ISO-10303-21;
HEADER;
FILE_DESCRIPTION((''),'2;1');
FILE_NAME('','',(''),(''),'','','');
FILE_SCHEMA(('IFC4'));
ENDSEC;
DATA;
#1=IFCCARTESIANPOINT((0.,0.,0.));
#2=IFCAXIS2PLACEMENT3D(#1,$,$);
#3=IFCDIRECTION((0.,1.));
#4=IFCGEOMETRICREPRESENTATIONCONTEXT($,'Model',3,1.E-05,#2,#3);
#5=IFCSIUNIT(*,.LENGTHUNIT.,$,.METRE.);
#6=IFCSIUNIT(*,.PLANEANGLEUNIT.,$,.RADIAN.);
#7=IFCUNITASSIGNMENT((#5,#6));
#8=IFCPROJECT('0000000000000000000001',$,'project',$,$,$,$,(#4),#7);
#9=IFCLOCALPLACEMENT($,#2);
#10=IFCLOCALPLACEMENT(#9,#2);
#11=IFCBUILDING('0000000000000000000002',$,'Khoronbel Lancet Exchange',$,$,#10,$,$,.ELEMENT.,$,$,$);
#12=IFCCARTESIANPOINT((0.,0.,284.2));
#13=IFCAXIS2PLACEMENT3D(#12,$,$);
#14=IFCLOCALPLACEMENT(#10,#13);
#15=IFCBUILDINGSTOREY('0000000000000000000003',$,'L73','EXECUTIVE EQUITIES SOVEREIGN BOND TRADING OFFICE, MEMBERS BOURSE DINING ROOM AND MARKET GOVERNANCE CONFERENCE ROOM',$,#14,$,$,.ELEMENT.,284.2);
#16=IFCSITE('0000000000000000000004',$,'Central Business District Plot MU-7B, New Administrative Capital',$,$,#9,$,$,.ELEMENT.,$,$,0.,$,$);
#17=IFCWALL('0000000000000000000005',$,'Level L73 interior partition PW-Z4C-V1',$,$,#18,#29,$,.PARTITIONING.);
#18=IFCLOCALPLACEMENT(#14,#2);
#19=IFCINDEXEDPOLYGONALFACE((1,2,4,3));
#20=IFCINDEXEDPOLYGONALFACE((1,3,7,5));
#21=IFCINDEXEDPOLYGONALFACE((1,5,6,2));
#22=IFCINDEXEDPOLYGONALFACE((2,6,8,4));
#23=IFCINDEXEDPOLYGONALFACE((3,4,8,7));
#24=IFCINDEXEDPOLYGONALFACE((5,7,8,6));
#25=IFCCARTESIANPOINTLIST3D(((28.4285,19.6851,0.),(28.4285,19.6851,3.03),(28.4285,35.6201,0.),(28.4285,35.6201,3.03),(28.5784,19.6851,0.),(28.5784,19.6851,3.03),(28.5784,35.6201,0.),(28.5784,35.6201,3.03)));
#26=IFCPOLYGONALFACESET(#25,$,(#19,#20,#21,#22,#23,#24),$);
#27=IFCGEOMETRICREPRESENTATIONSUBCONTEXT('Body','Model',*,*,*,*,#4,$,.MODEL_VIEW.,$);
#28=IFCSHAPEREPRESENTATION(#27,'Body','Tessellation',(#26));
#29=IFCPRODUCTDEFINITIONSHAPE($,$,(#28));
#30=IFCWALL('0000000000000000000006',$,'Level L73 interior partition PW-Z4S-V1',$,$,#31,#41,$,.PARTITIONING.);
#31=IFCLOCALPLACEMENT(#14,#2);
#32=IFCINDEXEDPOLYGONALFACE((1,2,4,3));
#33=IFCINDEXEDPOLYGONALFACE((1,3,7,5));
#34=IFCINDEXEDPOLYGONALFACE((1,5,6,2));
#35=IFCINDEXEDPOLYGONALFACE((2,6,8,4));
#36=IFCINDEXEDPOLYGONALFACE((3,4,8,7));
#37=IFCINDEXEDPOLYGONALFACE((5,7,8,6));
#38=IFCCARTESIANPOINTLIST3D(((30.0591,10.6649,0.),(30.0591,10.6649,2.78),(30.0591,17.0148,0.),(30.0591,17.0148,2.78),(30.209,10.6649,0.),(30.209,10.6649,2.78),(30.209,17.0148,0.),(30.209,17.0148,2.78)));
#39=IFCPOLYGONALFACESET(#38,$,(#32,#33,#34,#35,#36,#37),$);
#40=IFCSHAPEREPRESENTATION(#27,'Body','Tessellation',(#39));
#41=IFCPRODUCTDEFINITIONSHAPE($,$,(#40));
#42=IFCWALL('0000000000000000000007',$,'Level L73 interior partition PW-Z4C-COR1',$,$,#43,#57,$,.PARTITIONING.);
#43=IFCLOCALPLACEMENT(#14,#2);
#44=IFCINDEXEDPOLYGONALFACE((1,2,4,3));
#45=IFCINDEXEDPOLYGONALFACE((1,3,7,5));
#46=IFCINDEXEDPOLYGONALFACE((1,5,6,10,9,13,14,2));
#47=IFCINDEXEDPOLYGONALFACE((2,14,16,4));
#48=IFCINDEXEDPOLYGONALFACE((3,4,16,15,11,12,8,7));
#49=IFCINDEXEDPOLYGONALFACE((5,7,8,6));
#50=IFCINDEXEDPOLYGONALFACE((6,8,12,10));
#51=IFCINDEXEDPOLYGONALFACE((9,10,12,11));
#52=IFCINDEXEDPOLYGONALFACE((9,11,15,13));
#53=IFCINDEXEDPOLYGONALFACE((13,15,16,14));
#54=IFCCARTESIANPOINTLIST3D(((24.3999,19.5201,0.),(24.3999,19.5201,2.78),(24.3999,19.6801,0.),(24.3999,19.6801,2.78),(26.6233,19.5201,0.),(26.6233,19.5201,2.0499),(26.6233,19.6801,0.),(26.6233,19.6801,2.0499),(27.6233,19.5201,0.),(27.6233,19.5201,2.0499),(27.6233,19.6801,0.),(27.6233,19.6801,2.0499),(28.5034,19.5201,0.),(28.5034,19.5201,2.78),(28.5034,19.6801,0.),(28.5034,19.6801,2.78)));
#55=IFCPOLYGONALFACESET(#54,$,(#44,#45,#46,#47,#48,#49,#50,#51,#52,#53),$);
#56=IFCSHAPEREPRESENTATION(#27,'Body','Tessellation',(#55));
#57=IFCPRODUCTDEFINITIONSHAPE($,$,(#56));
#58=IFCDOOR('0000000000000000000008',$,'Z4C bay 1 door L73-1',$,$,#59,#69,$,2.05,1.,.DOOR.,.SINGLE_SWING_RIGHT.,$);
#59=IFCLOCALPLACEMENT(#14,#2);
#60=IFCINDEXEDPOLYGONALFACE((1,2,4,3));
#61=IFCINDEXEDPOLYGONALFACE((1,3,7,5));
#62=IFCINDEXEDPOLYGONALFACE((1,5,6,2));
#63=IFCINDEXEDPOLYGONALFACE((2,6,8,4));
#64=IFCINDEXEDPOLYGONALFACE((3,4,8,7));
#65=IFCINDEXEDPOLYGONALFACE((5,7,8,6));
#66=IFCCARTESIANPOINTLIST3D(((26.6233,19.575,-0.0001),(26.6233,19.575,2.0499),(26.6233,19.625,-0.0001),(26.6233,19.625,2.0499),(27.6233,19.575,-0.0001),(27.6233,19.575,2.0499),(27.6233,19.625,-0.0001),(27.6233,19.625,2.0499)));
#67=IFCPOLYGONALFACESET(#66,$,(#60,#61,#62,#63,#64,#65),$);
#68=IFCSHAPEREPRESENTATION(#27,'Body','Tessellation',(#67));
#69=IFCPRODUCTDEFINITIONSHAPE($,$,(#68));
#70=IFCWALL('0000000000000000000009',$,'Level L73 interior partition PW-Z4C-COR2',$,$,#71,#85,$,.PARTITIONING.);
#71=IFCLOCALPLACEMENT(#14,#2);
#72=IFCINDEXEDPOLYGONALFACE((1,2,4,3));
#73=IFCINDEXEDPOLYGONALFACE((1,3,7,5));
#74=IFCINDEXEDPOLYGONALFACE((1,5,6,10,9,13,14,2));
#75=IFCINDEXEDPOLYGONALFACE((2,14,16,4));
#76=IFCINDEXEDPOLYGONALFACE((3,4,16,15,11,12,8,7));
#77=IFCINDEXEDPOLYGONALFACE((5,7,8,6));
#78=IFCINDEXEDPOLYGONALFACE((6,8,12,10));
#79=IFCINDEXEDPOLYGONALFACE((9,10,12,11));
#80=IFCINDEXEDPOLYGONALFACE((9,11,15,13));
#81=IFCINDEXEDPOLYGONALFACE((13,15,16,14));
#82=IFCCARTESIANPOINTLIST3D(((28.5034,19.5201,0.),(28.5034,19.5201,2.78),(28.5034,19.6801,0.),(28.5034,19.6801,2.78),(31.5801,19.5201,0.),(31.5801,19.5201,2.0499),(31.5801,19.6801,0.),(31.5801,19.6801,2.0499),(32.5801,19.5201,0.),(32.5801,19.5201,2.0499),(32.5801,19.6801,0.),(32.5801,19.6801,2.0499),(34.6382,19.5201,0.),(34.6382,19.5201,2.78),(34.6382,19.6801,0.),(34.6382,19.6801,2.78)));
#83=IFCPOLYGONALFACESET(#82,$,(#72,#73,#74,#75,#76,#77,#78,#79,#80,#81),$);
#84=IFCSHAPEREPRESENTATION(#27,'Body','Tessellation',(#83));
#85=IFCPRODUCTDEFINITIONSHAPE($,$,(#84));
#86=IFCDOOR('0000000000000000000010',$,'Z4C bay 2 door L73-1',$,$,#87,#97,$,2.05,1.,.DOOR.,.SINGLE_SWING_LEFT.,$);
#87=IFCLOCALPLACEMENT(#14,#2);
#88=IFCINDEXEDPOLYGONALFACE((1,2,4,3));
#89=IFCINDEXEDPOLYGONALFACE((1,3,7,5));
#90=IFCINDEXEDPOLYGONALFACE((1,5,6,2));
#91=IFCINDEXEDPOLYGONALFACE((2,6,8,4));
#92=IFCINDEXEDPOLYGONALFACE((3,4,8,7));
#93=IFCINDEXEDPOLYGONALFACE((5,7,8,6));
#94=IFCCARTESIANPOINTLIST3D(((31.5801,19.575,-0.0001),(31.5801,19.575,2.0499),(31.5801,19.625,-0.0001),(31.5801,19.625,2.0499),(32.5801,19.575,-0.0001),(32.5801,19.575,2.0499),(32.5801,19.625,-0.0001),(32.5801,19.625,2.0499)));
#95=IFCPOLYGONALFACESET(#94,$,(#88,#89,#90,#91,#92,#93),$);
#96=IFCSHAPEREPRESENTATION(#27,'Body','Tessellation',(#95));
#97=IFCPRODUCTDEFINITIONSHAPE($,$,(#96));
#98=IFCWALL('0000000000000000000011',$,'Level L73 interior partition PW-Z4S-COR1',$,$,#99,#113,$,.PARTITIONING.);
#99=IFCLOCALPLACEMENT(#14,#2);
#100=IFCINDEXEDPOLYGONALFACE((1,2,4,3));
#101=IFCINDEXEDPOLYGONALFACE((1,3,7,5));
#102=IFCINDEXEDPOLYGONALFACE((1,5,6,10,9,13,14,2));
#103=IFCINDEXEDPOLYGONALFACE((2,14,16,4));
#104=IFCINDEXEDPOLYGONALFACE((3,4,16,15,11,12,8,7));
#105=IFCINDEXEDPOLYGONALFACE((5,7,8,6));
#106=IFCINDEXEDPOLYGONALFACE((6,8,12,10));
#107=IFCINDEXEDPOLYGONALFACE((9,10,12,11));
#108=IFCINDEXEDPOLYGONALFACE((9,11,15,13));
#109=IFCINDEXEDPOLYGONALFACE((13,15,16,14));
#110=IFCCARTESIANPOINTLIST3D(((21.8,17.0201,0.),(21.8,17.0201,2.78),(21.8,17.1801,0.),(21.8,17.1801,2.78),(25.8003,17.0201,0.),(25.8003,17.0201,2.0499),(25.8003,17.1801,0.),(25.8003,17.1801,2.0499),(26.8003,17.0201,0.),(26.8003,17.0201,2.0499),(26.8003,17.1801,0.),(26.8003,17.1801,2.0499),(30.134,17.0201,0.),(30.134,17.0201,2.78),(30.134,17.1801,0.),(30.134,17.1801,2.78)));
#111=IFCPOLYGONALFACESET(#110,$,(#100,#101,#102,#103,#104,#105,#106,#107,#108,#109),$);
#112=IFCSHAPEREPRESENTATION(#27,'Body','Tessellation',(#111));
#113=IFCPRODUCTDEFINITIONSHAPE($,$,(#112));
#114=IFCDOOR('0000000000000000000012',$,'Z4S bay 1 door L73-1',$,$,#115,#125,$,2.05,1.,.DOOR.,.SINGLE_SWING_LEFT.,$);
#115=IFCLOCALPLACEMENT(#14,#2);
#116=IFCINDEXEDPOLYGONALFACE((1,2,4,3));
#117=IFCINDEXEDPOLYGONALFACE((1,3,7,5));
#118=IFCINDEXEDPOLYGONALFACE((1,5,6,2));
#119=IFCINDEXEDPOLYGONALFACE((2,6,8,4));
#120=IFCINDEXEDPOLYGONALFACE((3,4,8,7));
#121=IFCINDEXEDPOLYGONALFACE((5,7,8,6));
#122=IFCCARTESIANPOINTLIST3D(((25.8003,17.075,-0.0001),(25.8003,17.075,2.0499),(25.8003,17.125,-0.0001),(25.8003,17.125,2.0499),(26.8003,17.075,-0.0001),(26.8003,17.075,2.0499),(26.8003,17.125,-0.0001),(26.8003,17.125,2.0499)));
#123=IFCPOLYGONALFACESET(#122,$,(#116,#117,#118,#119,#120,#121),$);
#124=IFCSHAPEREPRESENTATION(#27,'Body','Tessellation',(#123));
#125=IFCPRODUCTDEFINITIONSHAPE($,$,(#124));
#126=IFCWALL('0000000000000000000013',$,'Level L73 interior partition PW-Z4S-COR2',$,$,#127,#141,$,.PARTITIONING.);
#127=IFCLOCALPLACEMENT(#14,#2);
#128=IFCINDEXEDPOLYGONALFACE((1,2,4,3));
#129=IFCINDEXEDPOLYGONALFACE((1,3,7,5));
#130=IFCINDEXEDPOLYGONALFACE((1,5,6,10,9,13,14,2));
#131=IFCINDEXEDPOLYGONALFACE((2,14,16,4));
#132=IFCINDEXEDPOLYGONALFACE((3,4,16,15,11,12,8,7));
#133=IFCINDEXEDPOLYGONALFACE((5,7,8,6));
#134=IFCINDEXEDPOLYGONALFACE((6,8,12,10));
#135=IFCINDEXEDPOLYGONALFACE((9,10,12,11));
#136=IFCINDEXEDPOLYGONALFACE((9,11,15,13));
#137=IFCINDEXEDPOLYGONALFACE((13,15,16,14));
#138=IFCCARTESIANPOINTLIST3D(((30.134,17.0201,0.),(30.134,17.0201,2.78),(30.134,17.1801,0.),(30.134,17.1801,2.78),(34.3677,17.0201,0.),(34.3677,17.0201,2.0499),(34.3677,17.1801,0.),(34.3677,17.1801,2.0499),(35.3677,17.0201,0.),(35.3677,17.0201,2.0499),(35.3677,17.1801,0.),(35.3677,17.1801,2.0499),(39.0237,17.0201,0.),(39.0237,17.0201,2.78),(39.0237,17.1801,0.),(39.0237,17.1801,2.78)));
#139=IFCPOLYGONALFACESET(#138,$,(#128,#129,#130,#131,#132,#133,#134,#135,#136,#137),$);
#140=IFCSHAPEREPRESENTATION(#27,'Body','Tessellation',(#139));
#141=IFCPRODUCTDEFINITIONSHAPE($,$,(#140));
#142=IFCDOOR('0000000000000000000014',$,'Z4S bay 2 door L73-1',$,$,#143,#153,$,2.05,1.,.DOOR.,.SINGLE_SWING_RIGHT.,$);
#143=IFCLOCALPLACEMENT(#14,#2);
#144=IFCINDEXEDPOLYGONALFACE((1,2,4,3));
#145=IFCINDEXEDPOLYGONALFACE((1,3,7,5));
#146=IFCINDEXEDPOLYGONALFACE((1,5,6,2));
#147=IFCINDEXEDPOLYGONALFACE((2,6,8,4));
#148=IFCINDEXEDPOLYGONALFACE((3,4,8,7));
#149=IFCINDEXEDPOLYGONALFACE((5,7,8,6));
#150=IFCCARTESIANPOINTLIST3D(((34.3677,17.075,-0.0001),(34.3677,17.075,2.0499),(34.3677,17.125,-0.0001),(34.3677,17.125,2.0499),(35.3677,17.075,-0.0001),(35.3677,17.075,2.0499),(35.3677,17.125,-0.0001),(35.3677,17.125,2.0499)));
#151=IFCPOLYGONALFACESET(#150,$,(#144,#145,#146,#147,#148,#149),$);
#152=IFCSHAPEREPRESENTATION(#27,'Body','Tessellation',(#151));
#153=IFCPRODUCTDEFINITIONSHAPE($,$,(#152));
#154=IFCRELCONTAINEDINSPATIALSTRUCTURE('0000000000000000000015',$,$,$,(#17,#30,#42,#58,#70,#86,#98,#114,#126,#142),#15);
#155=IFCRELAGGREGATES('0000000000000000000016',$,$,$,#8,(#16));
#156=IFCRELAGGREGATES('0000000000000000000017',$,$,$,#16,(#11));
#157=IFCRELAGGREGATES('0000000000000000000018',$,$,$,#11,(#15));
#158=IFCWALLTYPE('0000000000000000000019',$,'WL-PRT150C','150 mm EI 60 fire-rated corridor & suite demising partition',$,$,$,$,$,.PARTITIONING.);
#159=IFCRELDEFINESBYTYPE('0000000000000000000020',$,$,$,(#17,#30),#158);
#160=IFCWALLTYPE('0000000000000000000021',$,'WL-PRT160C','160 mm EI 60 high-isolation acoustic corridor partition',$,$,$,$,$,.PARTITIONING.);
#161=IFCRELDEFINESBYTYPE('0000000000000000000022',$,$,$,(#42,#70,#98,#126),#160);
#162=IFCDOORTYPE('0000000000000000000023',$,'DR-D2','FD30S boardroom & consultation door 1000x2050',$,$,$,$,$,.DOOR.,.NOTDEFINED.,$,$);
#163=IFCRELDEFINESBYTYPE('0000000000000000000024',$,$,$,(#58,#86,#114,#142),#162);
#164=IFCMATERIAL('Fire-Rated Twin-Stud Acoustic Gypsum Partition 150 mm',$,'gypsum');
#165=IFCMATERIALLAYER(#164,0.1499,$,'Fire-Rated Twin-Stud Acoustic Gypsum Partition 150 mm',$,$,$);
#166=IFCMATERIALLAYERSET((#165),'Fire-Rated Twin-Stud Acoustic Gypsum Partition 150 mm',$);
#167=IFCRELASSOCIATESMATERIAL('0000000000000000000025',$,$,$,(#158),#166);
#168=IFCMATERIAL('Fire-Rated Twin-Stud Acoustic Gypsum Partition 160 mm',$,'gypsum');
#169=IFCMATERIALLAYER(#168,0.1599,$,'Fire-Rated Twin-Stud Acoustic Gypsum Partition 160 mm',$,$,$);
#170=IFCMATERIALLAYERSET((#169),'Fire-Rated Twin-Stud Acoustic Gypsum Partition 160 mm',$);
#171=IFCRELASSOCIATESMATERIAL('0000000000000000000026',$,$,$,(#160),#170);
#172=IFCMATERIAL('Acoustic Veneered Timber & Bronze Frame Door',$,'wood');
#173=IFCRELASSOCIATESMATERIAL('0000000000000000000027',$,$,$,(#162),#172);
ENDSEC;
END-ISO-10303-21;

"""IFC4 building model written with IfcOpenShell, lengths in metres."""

from ifc_helpers import new_model, si_unit, direction, frame, frame_2d, origin, place, context, subcontext, project, spatial, rectangle, extrude, material, layer, layer_set, type_object, element, fill, save


model = new_model("IFC4")

# Units and contexts
model_context = context("Model", 3, precision=1e-05, world=origin(), true_north=direction((0.0, 1.0)))
body_context = subcontext(model_context, "Body", "Model", "MODEL_VIEW")
ifc_project = project(units=[si_unit("LENGTHUNIT", "METRE"), si_unit("PLANEANGLEUNIT", "RADIAN")], contexts=[model_context])

# Site, building, storey
site_placement = place(None, origin())
site = spatial("IfcSite", under=ifc_project, at=site_placement, Name="Central Business District Plot MU-7B, New Administrative Capital", CompositionType="ELEMENT", RefElevation=0.0)
building_placement = place(site_placement, origin())
building = spatial("IfcBuilding", under=site, at=building_placement, Name="Khoronbel Lancet Exchange", CompositionType="ELEMENT")
storey_placement = place(building_placement, frame((0.0, 0.0, 284.2)))
storey = spatial("IfcBuildingStorey", under=building, at=storey_placement, Name="L73", Description="EXECUTIVE EQUITIES SOVEREIGN BOND TRADING OFFICE, MEMBERS BOURSE DINING ROOM AND MARKET GOVERNANCE CONFERENCE ROOM", CompositionType="ELEMENT", Elevation=284.2)

# Walls
ifc_material_1 = material(Name="Fire-Rated Twin-Stud Acoustic Gypsum Partition 150 mm", Category="gypsum")
ifc_layer_1 = layer(ifc_material_1, 0.1499, Name="Fire-Rated Twin-Stud Acoustic Gypsum Partition 150 mm")
ifc_layer_set_1 = layer_set([ifc_layer_1], Name="Fire-Rated Twin-Stud Acoustic Gypsum Partition 150 mm")
wall_type_1 = type_object("IfcWallType", Name="WL-PRT150C", Description="150 mm EI 60 fire-rated corridor & suite demising partition", PredefinedType="PARTITIONING", material=ifc_layer_set_1)
wall_1_placement = place(storey_placement, frame((28.5034, 19.6851, 0.0), z_axis=(0.0, 0.0, 1.0), x_axis=(0.0, 1.0, 0.0)))
element("IfcWall", 1, at=wall_1_placement, inside=storey, type_object=wall_type_1, Name="Level L73 interior partition PW-Z4C-V1", PredefinedType="PARTITIONING", context=body_context, shape_type="SweptSolid", body=[
    extrude(rectangle(XDim=15.9351, YDim=0.1499, at=frame_2d((7.9675, 0.0))), origin(), (0.0, 0.0, 1.0), 3.03),
])
wall_2_placement = place(storey_placement, frame((30.134, 10.665, 0.0), z_axis=(0.0, 0.0, 1.0), x_axis=(0.0, 1.0, 0.0)))
element("IfcWall", 2, at=wall_2_placement, inside=storey, type_object=wall_type_1, Name="Level L73 interior partition PW-Z4S-V1", PredefinedType="PARTITIONING", context=body_context, shape_type="SweptSolid", body=[
    extrude(rectangle(XDim=6.3499, YDim=0.1499, at=frame_2d((3.1748, 0.0))), origin(), (0.0, 0.0, 1.0), 2.78),
])

# Walls, openings, doors
ifc_material_2 = material(Name="Fire-Rated Twin-Stud Acoustic Gypsum Partition 160 mm", Category="gypsum")
ifc_layer_2 = layer(ifc_material_2, 0.1599, Name="Fire-Rated Twin-Stud Acoustic Gypsum Partition 160 mm")
ifc_layer_set_2 = layer_set([ifc_layer_2], Name="Fire-Rated Twin-Stud Acoustic Gypsum Partition 160 mm")
wall_type_2 = type_object("IfcWallType", Name="WL-PRT160C", Description="160 mm EI 60 high-isolation acoustic corridor partition", PredefinedType="PARTITIONING", material=ifc_layer_set_2)
wall_3_placement = place(storey_placement, frame((24.3999, 19.6001, 0.0), z_axis=(0.0, 0.0, 1.0), x_axis=(1.0, 0.0, 0.0)))
wall_3 = element("IfcWall", 3, at=wall_3_placement, inside=storey, type_object=wall_type_2, Name="Level L73 interior partition PW-Z4C-COR1", PredefinedType="PARTITIONING", context=body_context, shape_type="SweptSolid", body=[
    extrude(rectangle(XDim=4.1035, YDim=0.1599, at=frame_2d((2.0518, 0.0))), origin(), (0.0, 0.0, 1.0), 2.78),
])
opening_1_placement = place(wall_3_placement, frame((2.2234, 0.0, 0.0)))
opening_1 = element("IfcOpeningElement", 4, at=opening_1_placement, cuts=wall_3, PredefinedType="OPENING", context=body_context, shape_type="SweptSolid", body=[
    extrude(rectangle(XDim=1.0, YDim=2.05, at=frame_2d((0.5, 1.0249))), frame((0.0, 0.0898, 0.0), z_axis=(0.0, -1.0, 0.0), x_axis=(1.0, 0.0, 0.0)), (0.0, 0.0, 1.0), 0.1799),
])
ifc_material_3 = material(Name="Acoustic Veneered Timber & Bronze Frame Door", Category="wood")
door_type = type_object("IfcDoorType", Name="DR-D2", Description="FD30S boardroom & consultation door 1000x2050", OperationType="NOTDEFINED", PredefinedType="DOOR", material=ifc_material_3)
door_1_placement = place(opening_1_placement, origin())
door_1 = element("IfcDoor", 5, at=door_1_placement, inside=storey, type_object=door_type, Name="Z4C bay 1 door L73-1", OperationType="SINGLE_SWING_RIGHT", OverallHeight=2.05, OverallWidth=1.0, PredefinedType="DOOR", context=body_context, shape_type="SweptSolid", body=[
    extrude(rectangle(XDim=1.0, YDim=2.05, at=frame_2d((0.5, 1.0249))), frame((0.0, 0.0249, 0.0), z_axis=(0.0, -1.0, 0.0), x_axis=(1.0, 0.0, 0.0)), (0.0, 0.0, 1.0), 0.05),
])
fill(opening_1, door_1)
wall_4_placement = place(storey_placement, frame((28.5034, 19.6001, 0.0), z_axis=(0.0, 0.0, 1.0), x_axis=(1.0, 0.0, 0.0)))
wall_4 = element("IfcWall", 6, at=wall_4_placement, inside=storey, type_object=wall_type_2, Name="Level L73 interior partition PW-Z4C-COR2", PredefinedType="PARTITIONING", context=body_context, shape_type="SweptSolid", body=[
    extrude(rectangle(XDim=6.1348, YDim=0.1599, at=frame_2d((3.0674, 0.0))), origin(), (0.0, 0.0, 1.0), 2.78),
])
opening_2_placement = place(wall_4_placement, frame((3.0767, 0.0, 0.0)))
opening_2 = element("IfcOpeningElement", 7, at=opening_2_placement, cuts=wall_4, PredefinedType="OPENING", context=body_context, shape_type="SweptSolid", body=[
    extrude(rectangle(XDim=1.0, YDim=2.05, at=frame_2d((0.5, 1.0249))), frame((0.0, 0.0898, 0.0), z_axis=(0.0, -1.0, 0.0), x_axis=(1.0, 0.0, 0.0)), (0.0, 0.0, 1.0), 0.1799),
])
door_2_placement = place(opening_2_placement, origin())
door_2 = element("IfcDoor", 8, at=door_2_placement, inside=storey, type_object=door_type, Name="Z4C bay 2 door L73-1", OperationType="SINGLE_SWING_LEFT", OverallHeight=2.05, OverallWidth=1.0, PredefinedType="DOOR", context=body_context, shape_type="SweptSolid", body=[
    extrude(rectangle(XDim=1.0, YDim=2.05, at=frame_2d((0.5, 1.0249))), frame((0.0, 0.0249, 0.0), z_axis=(0.0, -1.0, 0.0), x_axis=(1.0, 0.0, 0.0)), (0.0, 0.0, 1.0), 0.05),
])
fill(opening_2, door_2)
wall_5_placement = place(storey_placement, frame((21.8, 17.1001, 0.0), z_axis=(0.0, 0.0, 1.0), x_axis=(1.0, 0.0, 0.0)))
wall_5 = element("IfcWall", 9, at=wall_5_placement, inside=storey, type_object=wall_type_2, Name="Level L73 interior partition PW-Z4S-COR1", PredefinedType="PARTITIONING", context=body_context, shape_type="SweptSolid", body=[
    extrude(rectangle(XDim=8.334, YDim=0.1599, at=frame_2d((4.167, 0.0))), origin(), (0.0, 0.0, 1.0), 2.78),
])
opening_3_placement = place(wall_5_placement, frame((4.0002, 0.0, 0.0)))
opening_3 = element("IfcOpeningElement", 10, at=opening_3_placement, cuts=wall_5, PredefinedType="OPENING", context=body_context, shape_type="SweptSolid", body=[
    extrude(rectangle(XDim=1.0, YDim=2.05, at=frame_2d((0.5, 1.0249))), frame((0.0, 0.0898, 0.0), z_axis=(0.0, -1.0, 0.0), x_axis=(1.0, 0.0, 0.0)), (0.0, 0.0, 1.0), 0.1799),
])
door_3_placement = place(opening_3_placement, origin())
door_3 = element("IfcDoor", 11, at=door_3_placement, inside=storey, type_object=door_type, Name="Z4S bay 1 door L73-1", OperationType="SINGLE_SWING_LEFT", OverallHeight=2.05, OverallWidth=1.0, PredefinedType="DOOR", context=body_context, shape_type="SweptSolid", body=[
    extrude(rectangle(XDim=1.0, YDim=2.05, at=frame_2d((0.5, 1.0249))), frame((0.0, 0.0249, 0.0), z_axis=(0.0, -1.0, 0.0), x_axis=(1.0, 0.0, 0.0)), (0.0, 0.0, 1.0), 0.05),
])
fill(opening_3, door_3)
wall_6_placement = place(storey_placement, frame((30.134, 17.1001, 0.0), z_axis=(0.0, 0.0, 1.0), x_axis=(1.0, 0.0, 0.0)))
wall_6 = element("IfcWall", 12, at=wall_6_placement, inside=storey, type_object=wall_type_2, Name="Level L73 interior partition PW-Z4S-COR2", PredefinedType="PARTITIONING", context=body_context, shape_type="SweptSolid", body=[
    extrude(rectangle(XDim=8.8896, YDim=0.1599, at=frame_2d((4.4448, 0.0))), origin(), (0.0, 0.0, 1.0), 2.78),
])
opening_4_placement = place(wall_6_placement, frame((4.2336, 0.0, 0.0)))
opening_4 = element("IfcOpeningElement", 13, at=opening_4_placement, cuts=wall_6, PredefinedType="OPENING", context=body_context, shape_type="SweptSolid", body=[
    extrude(rectangle(XDim=1.0, YDim=2.05, at=frame_2d((0.5, 1.0249))), frame((0.0, 0.0898, 0.0), z_axis=(0.0, -1.0, 0.0), x_axis=(1.0, 0.0, 0.0)), (0.0, 0.0, 1.0), 0.1799),
])
door_4_placement = place(opening_4_placement, origin())
door_4 = element("IfcDoor", 14, at=door_4_placement, inside=storey, type_object=door_type, Name="Z4S bay 2 door L73-1", OperationType="SINGLE_SWING_RIGHT", OverallHeight=2.05, OverallWidth=1.0, PredefinedType="DOOR", context=body_context, shape_type="SweptSolid", body=[
    extrude(rectangle(XDim=1.0, YDim=2.05, at=frame_2d((0.5, 1.0249))), frame((0.0, 0.0249, 0.0), z_axis=(0.0, -1.0, 0.0), x_axis=(1.0, 0.0, 0.0)), (0.0, 0.0, 1.0), 0.05),
])
fill(opening_4, door_4)

save(model, "model.ifc")
